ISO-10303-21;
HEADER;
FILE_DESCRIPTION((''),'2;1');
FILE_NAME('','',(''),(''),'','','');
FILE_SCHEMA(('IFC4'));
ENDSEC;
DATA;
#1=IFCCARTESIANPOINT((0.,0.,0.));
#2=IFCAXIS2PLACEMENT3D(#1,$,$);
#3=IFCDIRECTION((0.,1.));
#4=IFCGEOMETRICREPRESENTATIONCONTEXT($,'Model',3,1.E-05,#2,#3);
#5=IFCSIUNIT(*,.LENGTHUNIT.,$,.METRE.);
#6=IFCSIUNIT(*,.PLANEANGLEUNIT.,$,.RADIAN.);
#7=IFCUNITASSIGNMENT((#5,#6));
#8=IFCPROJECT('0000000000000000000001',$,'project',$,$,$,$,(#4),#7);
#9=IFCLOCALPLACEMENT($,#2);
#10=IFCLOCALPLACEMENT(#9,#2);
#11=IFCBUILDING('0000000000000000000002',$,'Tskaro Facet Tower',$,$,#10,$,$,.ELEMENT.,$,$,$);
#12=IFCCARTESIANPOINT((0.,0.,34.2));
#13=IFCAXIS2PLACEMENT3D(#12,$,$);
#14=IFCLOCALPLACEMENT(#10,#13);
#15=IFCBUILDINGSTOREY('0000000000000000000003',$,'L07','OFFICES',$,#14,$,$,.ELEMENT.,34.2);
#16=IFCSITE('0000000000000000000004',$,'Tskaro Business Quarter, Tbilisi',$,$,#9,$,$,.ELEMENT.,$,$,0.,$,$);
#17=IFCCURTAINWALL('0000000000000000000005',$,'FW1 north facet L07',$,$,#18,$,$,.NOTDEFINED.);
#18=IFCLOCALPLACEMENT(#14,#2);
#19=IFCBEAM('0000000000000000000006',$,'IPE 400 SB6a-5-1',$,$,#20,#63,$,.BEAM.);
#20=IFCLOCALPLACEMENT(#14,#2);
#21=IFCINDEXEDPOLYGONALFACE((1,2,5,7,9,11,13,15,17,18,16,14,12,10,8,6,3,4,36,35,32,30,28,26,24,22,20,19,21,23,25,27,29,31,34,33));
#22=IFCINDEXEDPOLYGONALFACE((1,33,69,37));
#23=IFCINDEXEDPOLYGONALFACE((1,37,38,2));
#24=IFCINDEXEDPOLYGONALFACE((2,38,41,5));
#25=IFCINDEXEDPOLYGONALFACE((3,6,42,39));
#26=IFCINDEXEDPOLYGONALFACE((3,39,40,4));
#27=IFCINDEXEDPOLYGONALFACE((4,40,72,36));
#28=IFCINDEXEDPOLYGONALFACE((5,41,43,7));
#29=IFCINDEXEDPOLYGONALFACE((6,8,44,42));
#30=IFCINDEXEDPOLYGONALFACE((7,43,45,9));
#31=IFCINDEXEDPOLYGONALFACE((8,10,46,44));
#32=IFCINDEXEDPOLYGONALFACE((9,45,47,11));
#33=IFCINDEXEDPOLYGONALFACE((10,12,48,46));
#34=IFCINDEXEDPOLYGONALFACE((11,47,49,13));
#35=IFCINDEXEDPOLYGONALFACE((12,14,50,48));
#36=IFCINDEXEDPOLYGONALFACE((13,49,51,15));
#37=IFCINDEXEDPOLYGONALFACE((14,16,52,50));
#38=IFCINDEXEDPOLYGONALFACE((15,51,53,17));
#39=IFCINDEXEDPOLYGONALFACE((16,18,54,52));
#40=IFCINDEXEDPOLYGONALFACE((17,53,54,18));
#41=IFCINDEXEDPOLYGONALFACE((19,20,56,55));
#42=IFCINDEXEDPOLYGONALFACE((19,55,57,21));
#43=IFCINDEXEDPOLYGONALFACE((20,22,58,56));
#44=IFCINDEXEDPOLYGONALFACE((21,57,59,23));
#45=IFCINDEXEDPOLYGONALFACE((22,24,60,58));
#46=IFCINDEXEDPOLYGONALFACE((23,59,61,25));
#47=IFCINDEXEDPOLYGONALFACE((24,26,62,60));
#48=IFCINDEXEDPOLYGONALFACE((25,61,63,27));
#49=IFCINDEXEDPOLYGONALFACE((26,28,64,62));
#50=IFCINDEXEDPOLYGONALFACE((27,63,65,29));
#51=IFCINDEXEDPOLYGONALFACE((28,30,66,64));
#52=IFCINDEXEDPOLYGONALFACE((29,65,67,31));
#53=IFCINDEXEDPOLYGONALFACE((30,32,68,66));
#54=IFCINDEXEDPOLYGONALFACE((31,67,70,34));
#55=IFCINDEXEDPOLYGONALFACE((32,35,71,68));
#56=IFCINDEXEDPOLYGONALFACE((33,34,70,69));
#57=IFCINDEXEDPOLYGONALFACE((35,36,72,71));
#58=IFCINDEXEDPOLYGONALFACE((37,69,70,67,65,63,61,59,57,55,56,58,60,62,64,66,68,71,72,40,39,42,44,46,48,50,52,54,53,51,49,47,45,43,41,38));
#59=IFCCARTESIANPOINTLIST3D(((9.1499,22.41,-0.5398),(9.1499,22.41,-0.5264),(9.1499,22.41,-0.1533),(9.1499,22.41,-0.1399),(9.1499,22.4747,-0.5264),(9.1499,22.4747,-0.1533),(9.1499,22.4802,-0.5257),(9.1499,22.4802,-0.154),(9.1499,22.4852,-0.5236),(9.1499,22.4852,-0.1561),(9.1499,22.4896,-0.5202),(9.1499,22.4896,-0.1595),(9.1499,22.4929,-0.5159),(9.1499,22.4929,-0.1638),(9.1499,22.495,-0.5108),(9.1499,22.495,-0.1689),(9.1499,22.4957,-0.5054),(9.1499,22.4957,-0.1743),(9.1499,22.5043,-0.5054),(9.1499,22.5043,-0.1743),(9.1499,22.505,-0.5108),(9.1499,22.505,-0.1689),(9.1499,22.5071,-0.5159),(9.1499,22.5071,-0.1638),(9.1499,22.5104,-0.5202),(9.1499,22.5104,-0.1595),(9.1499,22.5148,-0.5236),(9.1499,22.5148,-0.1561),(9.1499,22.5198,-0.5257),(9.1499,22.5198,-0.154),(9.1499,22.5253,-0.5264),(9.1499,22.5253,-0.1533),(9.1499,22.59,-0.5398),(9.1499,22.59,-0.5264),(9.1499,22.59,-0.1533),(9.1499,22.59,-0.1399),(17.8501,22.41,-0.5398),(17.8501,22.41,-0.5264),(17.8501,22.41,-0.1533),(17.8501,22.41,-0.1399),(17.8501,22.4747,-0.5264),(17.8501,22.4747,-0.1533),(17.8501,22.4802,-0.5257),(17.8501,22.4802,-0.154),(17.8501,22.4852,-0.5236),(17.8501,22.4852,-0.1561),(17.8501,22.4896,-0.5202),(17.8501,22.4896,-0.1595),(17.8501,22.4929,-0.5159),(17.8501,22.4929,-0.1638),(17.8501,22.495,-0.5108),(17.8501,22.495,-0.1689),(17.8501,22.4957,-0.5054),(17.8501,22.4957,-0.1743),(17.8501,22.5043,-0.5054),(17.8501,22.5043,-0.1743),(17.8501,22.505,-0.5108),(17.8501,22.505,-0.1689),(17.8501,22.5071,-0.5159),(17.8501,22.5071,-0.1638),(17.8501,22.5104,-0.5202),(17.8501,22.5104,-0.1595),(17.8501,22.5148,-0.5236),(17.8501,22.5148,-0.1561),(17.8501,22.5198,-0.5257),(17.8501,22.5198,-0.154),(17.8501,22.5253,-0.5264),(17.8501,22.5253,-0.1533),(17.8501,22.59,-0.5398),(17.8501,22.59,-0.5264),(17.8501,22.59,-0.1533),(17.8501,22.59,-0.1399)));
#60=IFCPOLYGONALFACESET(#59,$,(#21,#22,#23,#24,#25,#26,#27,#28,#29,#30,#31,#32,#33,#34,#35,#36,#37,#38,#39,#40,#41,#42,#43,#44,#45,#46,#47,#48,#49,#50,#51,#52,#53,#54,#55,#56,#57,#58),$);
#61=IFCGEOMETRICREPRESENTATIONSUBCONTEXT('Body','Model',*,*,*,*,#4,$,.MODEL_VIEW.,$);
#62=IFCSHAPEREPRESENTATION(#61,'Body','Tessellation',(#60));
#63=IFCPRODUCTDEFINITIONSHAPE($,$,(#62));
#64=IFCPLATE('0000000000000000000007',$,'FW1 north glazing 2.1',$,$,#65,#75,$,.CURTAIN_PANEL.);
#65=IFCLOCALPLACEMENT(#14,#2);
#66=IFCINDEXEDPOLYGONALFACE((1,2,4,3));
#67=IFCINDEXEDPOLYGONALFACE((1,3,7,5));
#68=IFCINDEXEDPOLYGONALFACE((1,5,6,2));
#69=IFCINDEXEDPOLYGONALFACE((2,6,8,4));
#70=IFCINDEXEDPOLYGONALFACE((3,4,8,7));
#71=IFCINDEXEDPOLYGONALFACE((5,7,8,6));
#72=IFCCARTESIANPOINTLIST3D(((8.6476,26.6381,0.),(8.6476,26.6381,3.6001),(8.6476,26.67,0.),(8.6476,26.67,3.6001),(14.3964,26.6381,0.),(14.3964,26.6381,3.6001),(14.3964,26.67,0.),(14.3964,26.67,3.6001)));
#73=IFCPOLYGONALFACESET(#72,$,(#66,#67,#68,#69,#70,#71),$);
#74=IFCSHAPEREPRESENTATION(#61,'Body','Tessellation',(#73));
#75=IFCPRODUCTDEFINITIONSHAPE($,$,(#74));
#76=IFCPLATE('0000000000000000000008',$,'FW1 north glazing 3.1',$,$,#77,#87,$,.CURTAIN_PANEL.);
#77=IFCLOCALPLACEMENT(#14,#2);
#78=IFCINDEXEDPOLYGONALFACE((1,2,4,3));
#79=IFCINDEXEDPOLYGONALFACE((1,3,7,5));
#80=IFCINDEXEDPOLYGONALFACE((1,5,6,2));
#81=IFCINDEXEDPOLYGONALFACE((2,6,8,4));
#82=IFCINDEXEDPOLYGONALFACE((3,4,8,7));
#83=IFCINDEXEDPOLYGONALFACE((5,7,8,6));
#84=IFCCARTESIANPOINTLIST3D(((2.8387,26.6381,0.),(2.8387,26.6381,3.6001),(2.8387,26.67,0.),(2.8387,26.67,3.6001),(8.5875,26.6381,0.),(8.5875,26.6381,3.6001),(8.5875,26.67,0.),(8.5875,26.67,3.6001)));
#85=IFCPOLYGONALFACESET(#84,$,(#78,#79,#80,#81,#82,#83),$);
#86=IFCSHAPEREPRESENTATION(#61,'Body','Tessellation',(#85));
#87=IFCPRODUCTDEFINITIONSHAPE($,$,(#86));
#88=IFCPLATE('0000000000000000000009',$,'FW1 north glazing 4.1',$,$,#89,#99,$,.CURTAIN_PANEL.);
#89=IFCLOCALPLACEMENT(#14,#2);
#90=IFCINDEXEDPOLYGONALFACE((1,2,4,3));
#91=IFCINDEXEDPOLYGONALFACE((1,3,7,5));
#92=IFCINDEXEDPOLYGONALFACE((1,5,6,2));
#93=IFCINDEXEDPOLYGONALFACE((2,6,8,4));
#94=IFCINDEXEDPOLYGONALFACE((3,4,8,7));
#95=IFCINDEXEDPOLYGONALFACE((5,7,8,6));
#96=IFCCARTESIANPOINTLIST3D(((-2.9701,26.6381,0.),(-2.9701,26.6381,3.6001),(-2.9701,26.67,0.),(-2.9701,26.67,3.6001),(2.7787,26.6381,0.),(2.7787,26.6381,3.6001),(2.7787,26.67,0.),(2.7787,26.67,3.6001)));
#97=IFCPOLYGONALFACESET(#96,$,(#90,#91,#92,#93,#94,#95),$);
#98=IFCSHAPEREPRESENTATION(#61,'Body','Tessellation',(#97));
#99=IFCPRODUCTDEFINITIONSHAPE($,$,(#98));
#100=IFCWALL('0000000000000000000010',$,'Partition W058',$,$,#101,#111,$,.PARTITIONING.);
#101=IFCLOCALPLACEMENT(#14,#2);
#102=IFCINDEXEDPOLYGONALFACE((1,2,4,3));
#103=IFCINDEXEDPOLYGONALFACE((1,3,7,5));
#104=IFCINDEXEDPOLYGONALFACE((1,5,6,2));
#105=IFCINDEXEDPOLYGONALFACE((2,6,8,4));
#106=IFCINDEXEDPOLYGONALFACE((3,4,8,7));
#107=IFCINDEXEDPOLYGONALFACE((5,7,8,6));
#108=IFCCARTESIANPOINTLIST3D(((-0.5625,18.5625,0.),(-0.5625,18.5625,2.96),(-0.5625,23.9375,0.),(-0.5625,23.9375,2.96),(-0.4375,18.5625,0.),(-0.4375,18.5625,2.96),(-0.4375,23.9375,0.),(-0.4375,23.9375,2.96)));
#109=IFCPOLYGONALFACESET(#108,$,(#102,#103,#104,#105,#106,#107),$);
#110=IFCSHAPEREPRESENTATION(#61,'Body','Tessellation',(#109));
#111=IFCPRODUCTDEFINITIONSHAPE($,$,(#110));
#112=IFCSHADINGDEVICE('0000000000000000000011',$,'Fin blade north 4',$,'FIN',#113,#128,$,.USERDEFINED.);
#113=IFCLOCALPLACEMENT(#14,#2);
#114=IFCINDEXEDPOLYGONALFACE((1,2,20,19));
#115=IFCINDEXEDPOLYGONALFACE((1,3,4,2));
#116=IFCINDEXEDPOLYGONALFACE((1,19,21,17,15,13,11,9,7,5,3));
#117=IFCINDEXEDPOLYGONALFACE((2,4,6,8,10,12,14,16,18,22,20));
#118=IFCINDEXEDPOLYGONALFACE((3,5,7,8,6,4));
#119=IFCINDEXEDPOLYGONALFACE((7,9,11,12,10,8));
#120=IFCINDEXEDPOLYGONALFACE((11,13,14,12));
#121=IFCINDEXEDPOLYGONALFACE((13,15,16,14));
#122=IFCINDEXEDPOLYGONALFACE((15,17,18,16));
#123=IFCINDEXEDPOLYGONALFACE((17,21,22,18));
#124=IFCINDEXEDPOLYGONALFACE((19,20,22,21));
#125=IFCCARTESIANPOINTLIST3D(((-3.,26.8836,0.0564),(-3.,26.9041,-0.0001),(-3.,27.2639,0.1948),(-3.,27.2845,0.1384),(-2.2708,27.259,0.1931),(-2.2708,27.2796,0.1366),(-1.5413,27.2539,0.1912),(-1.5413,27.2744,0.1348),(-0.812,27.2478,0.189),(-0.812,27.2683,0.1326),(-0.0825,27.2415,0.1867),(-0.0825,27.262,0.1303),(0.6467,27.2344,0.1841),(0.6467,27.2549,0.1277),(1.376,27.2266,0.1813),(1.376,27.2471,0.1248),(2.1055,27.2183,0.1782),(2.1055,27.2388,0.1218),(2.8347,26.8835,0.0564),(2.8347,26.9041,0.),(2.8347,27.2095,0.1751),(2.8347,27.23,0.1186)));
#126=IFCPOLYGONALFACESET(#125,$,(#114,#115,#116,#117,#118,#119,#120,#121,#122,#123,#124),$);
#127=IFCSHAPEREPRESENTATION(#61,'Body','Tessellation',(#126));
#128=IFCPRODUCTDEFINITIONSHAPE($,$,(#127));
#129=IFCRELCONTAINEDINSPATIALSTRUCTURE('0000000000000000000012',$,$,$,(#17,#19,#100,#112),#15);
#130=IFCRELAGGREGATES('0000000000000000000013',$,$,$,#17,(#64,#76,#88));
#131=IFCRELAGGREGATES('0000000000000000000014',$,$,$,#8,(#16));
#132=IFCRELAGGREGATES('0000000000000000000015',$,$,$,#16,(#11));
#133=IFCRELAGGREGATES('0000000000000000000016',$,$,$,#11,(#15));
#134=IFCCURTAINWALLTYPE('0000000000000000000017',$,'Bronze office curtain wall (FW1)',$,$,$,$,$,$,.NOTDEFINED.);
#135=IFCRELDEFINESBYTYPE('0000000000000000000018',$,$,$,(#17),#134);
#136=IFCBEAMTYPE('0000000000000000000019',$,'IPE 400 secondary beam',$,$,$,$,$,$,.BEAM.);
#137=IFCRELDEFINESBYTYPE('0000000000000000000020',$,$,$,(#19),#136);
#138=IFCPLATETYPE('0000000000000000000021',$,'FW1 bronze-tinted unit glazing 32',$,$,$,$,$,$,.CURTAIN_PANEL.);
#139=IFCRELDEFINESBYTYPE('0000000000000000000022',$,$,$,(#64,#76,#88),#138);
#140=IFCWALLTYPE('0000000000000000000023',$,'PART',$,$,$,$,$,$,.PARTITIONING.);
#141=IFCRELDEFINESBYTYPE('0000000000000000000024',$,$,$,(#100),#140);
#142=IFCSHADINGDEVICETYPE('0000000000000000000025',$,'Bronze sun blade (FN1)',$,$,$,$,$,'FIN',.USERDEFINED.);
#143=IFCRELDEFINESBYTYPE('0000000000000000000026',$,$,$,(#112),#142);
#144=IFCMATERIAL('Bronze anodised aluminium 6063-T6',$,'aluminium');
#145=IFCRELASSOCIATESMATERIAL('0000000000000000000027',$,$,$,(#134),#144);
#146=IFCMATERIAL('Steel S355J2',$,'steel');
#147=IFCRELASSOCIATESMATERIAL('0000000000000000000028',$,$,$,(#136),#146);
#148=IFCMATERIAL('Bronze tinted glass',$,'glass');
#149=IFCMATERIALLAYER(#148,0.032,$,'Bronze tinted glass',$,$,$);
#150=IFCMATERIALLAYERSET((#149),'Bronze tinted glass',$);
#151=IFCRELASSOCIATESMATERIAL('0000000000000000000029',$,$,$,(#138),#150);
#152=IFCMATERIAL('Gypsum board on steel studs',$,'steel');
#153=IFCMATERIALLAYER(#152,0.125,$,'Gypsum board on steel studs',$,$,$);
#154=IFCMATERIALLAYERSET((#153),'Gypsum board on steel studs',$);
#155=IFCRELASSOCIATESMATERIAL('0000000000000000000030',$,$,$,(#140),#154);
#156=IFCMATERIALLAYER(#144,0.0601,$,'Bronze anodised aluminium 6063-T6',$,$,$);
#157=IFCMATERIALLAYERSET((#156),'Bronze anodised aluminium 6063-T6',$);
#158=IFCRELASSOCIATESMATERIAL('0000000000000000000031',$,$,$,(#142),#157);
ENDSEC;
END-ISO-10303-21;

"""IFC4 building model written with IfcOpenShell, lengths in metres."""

from ifc_helpers import new_model, si_unit, direction, frame, frame_2d, origin, origin_2d, place, context, subcontext, project, spatial, polyline, rectangle, i_section, outline, extrude, material, layer, layer_set, material_profile, profile_set, type_object, element, aggregate, save


model = new_model("IFC4")

# Units and contexts
model_context = context("Model", 3, precision=1e-05, world=origin(), true_north=direction((0.0, 1.0)))
body_context = subcontext(model_context, "Body", "Model", "MODEL_VIEW")
ifc_project = project(units=[si_unit("LENGTHUNIT", "METRE"), si_unit("PLANEANGLEUNIT", "RADIAN")], contexts=[model_context])

# Site, building, storey
site_placement = place(None, origin())
site = spatial("IfcSite", under=ifc_project, at=site_placement, Name="Tskaro Business Quarter, Tbilisi", CompositionType="ELEMENT", RefElevation=0.0)
building_placement = place(site_placement, origin())
building = spatial("IfcBuilding", under=site, at=building_placement, Name="Tskaro Facet Tower", CompositionType="ELEMENT")
storey_placement = place(building_placement, frame((0.0, 0.0, 34.2)))
storey = spatial("IfcBuildingStorey", under=building, at=storey_placement, Name="L07", Description="OFFICES", CompositionType="ELEMENT", Elevation=34.2)

# Curtain wall
ifc_material_1 = material(Name="Bronze anodised aluminium 6063-T6", Category="aluminium")
curtain_wall_type = type_object("IfcCurtainWallType", Name="Bronze office curtain wall (FW1)", PredefinedType="NOTDEFINED", material=ifc_material_1)
curtain_wall_placement = place(storey_placement, origin())
curtain_wall = element("IfcCurtainWall", 1, at=curtain_wall_placement, inside=storey, type_object=curtain_wall_type, Name="FW1 north facet L07", PredefinedType="NOTDEFINED")

# Beam
ifc_material_2 = material(Name="Steel S355J2", Category="steel")
ifc_material_profile_1 = material_profile(ifc_material_2, i_section(OverallWidth=0.1799, OverallDepth=0.3999, WebThickness=0.0085, FlangeThickness=0.0134, FilletRadius=0.021, at=origin_2d()), Name="IPE 400")
ifc_profile_set_1 = profile_set([ifc_material_profile_1], Name="Steel S355J2")
beam_type_1 = type_object("IfcBeamType", Name="IPE 400 secondary beam", PredefinedType="BEAM", material=ifc_profile_set_1)
for number, where, z_axis, x_axis, name in (
    (2, (9.1499, 22.5, -0.3398), (1.0, 0.0, 0.0), (0.0, 1.0, 0.0), "IPE 400 SB6a-5-1"),
):
    element("IfcBeam", number, at=place(storey_placement, frame(where, z_axis=z_axis, x_axis=x_axis)), inside=storey, type_object=beam_type_1, Name=name, PredefinedType="BEAM", context=body_context, shape_type="SweptSolid", body=[
        extrude(i_section(OverallWidth=0.1799, OverallDepth=0.3999, WebThickness=0.0085, FlangeThickness=0.0134, FilletRadius=0.021, at=origin_2d()), origin(), (0.0, 0.0, 1.0), 8.7002),
    ])

# Plates
ifc_material_3 = material(Name="Bronze tinted glass", Category="glass")
ifc_layer_1 = layer(ifc_material_3, 0.032, Name="Bronze tinted glass")
ifc_layer_set_1 = layer_set([ifc_layer_1], Name="Bronze tinted glass")
plate_type = type_object("IfcPlateType", Name="FW1 bronze-tinted unit glazing 32", PredefinedType="CURTAIN_PANEL", material=ifc_layer_set_1)
plate_1_placement = place(storey_placement, frame((11.522, 26.6541, 0.0), z_axis=(0.0, 0.0, 1.0), x_axis=(-1.0, 0.0, 0.0)))
plate_1 = element("IfcPlate", 3, at=plate_1_placement, type_object=plate_type, Name="FW1 north glazing 2.1", PredefinedType="CURTAIN_PANEL", context=body_context, shape_type="SweptSolid", body=[
    extrude(rectangle(XDim=5.7488, YDim=0.032, at=origin_2d()), origin(), (0.0, 0.0, 1.0), 3.6001),
])
plate_2_placement = place(storey_placement, frame((5.7131, 26.6541, 0.0), z_axis=(0.0, 0.0, 1.0), x_axis=(-1.0, 0.0, 0.0)))
plate_2 = element("IfcPlate", 4, at=plate_2_placement, type_object=plate_type, Name="FW1 north glazing 3.1", PredefinedType="CURTAIN_PANEL", context=body_context, shape_type="SweptSolid", body=[
    extrude(rectangle(XDim=5.7488, YDim=0.032, at=origin_2d()), origin(), (0.0, 0.0, 1.0), 3.6001),
])
plate_3_placement = place(storey_placement, frame((-0.0957, 26.6541, 0.0), z_axis=(0.0, 0.0, 1.0), x_axis=(-1.0, 0.0, 0.0)))
plate_3 = element("IfcPlate", 5, at=plate_3_placement, type_object=plate_type, Name="FW1 north glazing 4.1", PredefinedType="CURTAIN_PANEL", context=body_context, shape_type="SweptSolid", body=[
    extrude(rectangle(XDim=5.7488, YDim=0.032, at=origin_2d()), origin(), (0.0, 0.0, 1.0), 3.6001),
])
aggregate(curtain_wall, [plate_1, plate_2, plate_3])

# Wall
ifc_material_4 = material(Name="Gypsum board on steel studs", Category="steel")
ifc_layer_2 = layer(ifc_material_4, 0.125, Name="Gypsum board on steel studs")
ifc_layer_set_2 = layer_set([ifc_layer_2], Name="Gypsum board on steel studs")
wall_type = type_object("IfcWallType", Name="PART", PredefinedType="PARTITIONING", material=ifc_layer_set_2)
wall_placement = place(storey_placement, frame((-0.5, 18.5625, 0.0), z_axis=(0.0, 0.0, 1.0), x_axis=(0.0, 1.0, 0.0)))
element("IfcWall", 6, at=wall_placement, inside=storey, type_object=wall_type, Name="Partition W058", PredefinedType="PARTITIONING", context=body_context, shape_type="SweptSolid", body=[
    extrude(rectangle(XDim=5.375, YDim=0.125, at=frame_2d((2.6875, 0.0))), origin(), (0.0, 0.0, 1.0), 2.96),
])

# Shading device
ifc_layer_3 = layer(ifc_material_1, 0.0601, Name="Bronze anodised aluminium 6063-T6")
ifc_layer_set_3 = layer_set([ifc_layer_3], Name="Bronze anodised aluminium 6063-T6")
shading_device_type = type_object("IfcShadingDeviceType", Name="Bronze sun blade (FN1)", ElementType="FIN", PredefinedType="USERDEFINED", material=ifc_layer_set_3)
shading_device_1_placement = place(storey_placement, frame((2.8347, 26.8835, 0.0564), z_axis=(-0.000004, -0.342095, 0.939665), x_axis=(-1.0, 0.000001, -0.000004)))
element("IfcShadingDevice", 7, at=shading_device_1_placement, inside=storey, type_object=shading_device_type, Name="Fin blade north 4", ObjectType="FIN", PredefinedType="USERDEFINED", context=body_context, shape_type="SweptSolid", body=[
    extrude(outline(polyline([(0.0, 0.0), (5.8347, 0.0), (5.8347, -0.4048), (5.1055, -0.3996), (4.376, -0.3941), (3.6467, -0.3876), (2.9172, -0.3809), (2.188, -0.3733), (1.4587, -0.3651), (0.7292, -0.3562), (0.0, -0.3469), (0.0, 0.0)])), origin(), (0.0, 0.0, -1.0), 0.0601),
])

save(model, "model.ifc")
